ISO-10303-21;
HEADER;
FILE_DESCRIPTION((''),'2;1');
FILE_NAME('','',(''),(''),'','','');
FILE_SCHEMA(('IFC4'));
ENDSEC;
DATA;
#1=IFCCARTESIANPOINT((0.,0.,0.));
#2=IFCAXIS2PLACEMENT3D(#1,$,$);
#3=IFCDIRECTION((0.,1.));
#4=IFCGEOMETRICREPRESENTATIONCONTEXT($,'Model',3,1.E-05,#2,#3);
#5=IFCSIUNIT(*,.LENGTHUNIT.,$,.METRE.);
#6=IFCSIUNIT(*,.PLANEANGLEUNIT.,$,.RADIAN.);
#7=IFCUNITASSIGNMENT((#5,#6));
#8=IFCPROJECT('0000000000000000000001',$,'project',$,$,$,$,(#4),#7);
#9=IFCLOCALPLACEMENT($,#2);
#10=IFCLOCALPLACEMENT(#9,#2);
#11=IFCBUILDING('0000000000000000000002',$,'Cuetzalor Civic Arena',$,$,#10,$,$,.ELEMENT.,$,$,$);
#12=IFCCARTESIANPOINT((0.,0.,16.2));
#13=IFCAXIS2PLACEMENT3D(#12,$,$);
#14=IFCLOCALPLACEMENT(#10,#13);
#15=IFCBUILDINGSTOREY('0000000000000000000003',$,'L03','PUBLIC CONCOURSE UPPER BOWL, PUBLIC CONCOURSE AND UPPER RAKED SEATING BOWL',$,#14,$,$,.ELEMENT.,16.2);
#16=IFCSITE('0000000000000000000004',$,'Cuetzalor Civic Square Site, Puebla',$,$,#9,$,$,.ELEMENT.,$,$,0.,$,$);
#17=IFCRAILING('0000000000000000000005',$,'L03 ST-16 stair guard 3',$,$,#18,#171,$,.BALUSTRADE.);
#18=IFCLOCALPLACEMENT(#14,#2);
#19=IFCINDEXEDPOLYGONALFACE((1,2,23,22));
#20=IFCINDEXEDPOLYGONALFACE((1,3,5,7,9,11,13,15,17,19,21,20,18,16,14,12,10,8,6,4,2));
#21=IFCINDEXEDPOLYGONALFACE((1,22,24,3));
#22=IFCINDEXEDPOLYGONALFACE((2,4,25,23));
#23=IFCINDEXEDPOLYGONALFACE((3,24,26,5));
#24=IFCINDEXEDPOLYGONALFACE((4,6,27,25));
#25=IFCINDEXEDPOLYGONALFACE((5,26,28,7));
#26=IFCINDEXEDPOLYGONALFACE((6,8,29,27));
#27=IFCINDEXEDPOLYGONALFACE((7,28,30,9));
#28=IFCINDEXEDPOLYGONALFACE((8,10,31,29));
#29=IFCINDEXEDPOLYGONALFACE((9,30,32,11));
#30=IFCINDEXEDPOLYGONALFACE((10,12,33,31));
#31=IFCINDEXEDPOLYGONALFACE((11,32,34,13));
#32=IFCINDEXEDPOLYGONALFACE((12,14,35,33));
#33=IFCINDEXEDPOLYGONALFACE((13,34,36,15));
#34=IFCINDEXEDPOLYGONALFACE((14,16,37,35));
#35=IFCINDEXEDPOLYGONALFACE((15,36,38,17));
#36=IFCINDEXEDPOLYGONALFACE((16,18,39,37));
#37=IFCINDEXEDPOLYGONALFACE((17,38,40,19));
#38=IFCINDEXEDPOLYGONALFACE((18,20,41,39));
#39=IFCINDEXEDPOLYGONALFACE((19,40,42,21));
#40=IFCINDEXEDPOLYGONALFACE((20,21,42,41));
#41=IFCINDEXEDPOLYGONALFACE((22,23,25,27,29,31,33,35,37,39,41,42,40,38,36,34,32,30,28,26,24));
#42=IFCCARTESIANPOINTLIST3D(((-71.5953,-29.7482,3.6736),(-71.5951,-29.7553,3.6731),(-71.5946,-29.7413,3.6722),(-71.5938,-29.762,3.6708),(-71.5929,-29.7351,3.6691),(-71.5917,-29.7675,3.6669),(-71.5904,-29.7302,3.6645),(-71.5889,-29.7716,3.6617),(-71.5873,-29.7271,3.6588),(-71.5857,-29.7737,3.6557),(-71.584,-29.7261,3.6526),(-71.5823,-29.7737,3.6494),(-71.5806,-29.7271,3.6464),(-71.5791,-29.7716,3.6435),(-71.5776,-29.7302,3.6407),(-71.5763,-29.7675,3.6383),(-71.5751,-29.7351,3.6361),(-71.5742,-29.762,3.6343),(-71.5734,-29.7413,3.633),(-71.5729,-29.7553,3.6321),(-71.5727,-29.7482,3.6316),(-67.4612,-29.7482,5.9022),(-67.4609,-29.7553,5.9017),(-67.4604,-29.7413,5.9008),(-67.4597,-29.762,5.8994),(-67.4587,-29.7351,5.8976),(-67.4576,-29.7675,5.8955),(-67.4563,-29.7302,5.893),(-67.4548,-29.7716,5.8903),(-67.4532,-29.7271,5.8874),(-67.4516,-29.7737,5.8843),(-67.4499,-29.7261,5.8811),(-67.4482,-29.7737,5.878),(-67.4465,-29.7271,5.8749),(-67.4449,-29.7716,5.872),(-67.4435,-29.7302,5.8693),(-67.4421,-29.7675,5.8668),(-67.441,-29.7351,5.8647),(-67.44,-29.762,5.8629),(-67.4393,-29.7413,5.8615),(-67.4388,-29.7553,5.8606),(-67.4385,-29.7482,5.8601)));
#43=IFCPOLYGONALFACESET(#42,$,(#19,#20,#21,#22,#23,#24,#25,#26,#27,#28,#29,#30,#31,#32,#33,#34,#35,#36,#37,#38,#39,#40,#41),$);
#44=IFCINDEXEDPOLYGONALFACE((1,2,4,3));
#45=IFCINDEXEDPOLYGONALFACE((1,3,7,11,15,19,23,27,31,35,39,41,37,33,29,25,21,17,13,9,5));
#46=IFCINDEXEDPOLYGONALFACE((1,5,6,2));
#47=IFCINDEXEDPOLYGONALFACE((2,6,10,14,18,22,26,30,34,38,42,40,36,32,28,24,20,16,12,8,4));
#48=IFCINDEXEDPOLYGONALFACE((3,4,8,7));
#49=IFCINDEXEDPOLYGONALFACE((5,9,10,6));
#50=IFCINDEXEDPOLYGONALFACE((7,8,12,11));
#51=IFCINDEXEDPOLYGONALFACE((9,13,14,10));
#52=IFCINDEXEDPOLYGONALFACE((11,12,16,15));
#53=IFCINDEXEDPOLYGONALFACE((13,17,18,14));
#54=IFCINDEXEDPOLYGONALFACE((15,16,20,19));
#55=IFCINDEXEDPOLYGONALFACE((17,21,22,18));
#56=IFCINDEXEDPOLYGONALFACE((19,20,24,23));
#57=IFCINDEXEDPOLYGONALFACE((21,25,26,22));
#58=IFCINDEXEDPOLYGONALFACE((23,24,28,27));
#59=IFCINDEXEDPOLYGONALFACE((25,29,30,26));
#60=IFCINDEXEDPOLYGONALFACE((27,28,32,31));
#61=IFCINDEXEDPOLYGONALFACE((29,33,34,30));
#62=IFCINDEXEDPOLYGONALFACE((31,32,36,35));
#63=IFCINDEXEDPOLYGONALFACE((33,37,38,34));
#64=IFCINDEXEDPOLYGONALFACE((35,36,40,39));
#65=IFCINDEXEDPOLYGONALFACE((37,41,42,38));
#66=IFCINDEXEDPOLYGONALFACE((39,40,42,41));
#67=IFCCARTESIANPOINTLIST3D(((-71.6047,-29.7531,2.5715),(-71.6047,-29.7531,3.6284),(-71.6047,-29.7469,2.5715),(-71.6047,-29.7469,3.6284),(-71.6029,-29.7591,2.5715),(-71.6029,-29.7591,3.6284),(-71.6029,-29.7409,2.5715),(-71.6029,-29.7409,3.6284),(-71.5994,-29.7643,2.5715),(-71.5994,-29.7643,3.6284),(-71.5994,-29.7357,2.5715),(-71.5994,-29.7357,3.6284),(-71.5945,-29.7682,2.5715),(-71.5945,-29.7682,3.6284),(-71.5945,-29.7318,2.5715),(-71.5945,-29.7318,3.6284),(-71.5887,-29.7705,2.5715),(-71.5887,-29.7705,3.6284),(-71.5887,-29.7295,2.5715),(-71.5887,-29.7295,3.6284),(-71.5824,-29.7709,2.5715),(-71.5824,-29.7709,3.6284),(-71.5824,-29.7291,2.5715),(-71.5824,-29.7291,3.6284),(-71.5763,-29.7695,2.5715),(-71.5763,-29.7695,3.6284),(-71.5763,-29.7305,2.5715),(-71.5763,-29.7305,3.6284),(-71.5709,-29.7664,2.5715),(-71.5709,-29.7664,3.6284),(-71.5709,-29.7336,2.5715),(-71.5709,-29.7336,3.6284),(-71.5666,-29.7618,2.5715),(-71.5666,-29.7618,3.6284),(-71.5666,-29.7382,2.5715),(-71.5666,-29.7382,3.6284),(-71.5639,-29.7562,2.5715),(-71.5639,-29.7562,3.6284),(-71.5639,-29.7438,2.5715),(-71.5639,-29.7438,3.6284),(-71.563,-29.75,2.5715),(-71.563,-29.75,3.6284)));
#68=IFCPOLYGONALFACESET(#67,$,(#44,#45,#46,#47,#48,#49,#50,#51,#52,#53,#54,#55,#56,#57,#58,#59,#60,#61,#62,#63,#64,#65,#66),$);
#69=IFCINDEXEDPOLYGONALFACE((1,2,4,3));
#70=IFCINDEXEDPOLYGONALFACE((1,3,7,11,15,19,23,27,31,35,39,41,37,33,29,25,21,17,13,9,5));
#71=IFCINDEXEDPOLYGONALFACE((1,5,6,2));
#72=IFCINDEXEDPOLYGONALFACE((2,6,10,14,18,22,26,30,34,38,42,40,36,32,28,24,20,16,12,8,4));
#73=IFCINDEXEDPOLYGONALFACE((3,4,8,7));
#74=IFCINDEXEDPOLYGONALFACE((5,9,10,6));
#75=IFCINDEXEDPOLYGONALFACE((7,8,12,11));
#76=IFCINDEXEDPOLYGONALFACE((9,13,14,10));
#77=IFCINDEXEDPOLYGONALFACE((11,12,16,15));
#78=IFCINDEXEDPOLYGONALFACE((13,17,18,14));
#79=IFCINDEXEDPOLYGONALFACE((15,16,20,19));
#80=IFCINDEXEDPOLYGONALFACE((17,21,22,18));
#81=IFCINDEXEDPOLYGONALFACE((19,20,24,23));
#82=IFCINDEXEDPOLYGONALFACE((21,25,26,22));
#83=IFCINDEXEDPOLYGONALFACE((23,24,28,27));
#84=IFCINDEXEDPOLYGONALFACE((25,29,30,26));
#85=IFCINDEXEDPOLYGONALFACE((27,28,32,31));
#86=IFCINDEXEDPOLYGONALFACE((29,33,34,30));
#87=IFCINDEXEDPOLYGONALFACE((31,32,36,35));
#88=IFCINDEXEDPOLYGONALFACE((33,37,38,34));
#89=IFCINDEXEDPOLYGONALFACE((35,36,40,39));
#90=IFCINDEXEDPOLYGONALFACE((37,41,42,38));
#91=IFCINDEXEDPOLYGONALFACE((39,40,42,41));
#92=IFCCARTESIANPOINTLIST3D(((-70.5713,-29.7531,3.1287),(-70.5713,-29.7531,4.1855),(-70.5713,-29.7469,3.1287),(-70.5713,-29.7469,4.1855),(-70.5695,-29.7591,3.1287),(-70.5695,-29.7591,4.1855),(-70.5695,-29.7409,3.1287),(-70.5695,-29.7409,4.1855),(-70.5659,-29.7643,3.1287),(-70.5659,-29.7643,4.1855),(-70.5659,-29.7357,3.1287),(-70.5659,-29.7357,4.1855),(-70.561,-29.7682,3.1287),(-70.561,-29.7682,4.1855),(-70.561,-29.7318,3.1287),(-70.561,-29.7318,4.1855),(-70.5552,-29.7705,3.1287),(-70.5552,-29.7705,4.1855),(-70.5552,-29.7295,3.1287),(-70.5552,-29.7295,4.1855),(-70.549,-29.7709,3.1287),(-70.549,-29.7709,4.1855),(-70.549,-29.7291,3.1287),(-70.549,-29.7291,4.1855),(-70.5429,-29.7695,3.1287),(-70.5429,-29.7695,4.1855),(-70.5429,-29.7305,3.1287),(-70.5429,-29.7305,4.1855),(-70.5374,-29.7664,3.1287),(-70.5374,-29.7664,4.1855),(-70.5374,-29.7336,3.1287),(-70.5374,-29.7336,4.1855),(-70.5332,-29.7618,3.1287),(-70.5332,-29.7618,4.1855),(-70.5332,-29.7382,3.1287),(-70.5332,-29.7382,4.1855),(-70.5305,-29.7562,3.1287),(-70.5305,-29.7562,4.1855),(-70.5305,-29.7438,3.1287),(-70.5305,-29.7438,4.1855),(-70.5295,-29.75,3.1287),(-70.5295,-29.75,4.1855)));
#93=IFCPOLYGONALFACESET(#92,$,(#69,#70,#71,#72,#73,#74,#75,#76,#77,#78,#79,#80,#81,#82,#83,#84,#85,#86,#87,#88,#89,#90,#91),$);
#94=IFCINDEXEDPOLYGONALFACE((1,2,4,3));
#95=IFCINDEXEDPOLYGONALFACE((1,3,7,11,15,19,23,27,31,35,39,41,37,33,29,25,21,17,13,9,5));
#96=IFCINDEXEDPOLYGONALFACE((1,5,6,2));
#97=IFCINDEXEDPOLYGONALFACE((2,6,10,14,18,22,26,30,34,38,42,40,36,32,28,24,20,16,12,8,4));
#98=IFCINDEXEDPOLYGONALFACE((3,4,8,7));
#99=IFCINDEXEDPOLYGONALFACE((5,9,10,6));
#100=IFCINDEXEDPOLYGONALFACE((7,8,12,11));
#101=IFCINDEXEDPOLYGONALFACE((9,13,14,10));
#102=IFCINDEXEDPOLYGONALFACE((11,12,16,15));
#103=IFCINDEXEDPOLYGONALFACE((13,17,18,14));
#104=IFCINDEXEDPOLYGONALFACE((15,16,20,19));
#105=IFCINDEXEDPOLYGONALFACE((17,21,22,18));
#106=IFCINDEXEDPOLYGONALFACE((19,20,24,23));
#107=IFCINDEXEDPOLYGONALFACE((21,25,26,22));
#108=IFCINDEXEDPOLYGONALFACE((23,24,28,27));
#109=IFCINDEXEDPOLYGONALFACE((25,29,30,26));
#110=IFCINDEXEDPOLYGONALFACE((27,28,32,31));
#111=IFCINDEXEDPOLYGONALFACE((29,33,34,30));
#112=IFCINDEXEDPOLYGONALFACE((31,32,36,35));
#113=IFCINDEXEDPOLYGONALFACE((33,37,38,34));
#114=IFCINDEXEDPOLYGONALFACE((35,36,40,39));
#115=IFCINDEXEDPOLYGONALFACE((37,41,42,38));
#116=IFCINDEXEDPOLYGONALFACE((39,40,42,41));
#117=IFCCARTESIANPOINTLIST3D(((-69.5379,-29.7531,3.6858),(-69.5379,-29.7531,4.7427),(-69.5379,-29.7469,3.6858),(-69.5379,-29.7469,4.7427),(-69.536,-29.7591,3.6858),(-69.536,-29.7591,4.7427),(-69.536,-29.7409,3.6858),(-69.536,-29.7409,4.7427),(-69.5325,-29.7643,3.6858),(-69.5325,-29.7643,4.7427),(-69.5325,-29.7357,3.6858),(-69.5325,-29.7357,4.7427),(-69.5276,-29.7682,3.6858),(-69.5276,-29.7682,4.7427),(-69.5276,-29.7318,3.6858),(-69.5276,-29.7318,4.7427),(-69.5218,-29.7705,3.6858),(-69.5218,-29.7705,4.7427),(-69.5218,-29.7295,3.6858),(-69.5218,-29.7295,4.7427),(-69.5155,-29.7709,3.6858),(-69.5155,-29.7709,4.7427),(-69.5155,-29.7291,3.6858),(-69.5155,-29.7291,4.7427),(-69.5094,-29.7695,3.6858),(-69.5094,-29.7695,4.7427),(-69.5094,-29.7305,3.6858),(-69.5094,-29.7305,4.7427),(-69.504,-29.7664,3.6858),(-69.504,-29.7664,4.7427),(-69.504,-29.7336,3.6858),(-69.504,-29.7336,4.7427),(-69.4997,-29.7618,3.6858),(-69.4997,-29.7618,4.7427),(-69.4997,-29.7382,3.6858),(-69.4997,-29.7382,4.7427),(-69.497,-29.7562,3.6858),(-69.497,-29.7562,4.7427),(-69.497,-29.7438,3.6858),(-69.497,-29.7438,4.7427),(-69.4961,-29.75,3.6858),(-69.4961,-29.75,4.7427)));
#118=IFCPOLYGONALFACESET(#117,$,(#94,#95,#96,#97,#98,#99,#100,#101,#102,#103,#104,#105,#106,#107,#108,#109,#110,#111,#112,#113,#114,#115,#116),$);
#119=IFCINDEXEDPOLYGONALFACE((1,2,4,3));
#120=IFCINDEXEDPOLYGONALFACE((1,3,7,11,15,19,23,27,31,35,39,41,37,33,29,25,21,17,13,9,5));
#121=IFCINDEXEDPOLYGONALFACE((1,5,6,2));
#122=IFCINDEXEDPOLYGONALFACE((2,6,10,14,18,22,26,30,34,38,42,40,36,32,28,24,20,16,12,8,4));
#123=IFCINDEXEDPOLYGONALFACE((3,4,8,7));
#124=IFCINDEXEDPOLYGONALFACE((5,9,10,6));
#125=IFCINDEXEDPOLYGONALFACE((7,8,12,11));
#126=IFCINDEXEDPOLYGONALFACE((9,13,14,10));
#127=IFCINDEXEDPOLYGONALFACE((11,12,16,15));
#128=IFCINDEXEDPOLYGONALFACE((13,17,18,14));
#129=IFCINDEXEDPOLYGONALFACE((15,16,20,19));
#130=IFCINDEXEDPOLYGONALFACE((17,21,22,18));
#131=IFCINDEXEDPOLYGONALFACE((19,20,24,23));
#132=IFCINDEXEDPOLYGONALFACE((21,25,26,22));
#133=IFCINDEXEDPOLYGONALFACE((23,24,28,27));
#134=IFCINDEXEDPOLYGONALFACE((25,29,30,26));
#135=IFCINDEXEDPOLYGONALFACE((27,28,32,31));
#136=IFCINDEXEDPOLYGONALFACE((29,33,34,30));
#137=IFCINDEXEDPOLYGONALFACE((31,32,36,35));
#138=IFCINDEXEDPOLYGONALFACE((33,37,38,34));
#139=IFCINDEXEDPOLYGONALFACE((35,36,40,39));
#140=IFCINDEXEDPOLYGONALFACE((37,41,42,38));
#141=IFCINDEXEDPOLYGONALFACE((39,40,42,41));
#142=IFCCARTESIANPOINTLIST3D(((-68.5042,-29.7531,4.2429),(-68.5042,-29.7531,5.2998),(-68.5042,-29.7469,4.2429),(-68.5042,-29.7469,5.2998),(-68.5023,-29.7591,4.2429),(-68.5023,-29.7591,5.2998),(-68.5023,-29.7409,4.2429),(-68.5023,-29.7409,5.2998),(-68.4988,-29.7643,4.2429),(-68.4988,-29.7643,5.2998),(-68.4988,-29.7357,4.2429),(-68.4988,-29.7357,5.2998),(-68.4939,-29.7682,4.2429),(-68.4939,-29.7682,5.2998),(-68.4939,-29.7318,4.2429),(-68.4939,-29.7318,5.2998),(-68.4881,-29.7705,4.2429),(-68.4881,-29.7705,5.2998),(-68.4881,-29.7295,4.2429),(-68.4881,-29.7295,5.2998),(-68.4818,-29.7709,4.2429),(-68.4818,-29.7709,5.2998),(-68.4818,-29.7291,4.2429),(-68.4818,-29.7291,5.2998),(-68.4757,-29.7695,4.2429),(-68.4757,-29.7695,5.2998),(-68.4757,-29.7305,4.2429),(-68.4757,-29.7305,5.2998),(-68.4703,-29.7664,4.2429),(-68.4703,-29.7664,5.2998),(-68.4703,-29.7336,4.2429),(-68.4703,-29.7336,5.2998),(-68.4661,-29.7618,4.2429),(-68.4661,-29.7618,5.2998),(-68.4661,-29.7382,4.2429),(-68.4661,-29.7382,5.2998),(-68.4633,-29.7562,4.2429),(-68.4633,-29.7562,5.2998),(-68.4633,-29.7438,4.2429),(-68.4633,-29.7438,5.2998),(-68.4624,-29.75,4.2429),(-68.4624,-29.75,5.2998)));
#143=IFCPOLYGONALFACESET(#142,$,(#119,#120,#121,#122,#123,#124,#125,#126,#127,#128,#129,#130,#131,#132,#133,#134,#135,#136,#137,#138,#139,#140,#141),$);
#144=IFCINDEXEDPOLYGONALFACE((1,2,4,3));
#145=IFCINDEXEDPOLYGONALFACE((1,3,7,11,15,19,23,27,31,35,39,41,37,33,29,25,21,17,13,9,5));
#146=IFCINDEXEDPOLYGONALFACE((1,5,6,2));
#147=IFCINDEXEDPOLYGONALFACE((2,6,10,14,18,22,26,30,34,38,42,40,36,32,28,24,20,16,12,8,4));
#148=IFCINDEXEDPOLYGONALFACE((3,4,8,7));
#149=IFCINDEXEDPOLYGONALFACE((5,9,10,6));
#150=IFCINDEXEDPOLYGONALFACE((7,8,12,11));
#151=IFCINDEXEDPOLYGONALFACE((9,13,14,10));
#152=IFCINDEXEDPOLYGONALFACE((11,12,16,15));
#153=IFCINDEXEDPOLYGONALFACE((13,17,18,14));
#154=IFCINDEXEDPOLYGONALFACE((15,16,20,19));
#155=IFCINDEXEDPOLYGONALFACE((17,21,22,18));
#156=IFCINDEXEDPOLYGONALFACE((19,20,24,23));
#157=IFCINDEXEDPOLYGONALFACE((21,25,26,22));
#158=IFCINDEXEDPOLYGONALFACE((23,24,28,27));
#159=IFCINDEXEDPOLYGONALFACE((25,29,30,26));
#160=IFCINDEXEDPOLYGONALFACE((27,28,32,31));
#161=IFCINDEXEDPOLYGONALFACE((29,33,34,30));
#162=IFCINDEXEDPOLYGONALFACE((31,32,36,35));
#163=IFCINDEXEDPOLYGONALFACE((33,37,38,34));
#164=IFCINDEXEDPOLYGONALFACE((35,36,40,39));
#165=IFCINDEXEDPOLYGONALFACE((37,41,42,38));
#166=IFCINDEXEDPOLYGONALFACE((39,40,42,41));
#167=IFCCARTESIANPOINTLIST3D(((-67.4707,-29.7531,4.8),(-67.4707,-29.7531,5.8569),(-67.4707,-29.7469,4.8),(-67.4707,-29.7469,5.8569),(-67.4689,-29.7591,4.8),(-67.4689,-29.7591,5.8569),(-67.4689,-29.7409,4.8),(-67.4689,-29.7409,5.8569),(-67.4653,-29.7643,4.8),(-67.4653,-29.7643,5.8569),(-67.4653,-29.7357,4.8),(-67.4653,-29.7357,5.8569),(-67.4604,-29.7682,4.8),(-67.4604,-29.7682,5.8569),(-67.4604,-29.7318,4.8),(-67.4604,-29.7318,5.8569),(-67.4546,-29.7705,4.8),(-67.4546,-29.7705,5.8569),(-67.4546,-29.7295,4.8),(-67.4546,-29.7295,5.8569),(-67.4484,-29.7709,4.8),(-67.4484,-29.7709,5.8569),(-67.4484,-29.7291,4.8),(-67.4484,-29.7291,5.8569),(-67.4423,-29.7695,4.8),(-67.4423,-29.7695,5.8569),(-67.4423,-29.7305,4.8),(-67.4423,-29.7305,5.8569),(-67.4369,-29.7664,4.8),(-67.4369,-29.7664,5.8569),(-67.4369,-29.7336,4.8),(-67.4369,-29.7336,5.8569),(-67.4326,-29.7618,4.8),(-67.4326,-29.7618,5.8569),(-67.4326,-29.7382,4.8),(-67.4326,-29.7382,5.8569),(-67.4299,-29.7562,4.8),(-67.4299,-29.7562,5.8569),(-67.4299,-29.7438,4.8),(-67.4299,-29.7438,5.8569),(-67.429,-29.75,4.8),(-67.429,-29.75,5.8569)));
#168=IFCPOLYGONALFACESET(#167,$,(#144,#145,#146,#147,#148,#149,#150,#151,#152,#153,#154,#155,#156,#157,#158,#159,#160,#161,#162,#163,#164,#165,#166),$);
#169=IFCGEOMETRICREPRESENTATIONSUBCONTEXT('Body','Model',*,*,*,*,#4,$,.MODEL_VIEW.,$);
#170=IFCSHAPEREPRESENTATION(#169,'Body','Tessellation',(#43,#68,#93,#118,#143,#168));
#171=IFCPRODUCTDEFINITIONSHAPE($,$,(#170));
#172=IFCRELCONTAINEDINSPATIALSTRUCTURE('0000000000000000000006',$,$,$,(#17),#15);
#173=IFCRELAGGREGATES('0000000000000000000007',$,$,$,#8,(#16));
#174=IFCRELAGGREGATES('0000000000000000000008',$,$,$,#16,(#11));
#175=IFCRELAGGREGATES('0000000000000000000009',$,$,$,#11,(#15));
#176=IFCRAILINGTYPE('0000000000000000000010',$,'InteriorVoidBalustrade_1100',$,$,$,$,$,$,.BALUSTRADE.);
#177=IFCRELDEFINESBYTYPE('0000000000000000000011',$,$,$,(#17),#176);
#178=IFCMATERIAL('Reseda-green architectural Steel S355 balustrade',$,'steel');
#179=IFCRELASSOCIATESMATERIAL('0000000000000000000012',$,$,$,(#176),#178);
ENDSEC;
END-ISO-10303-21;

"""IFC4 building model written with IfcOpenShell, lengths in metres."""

from ifc_helpers import new_model, si_unit, direction, frame, origin, origin_2d, place, context, subcontext, project, spatial, circle, extrude, material, type_object, element, save


model = new_model("IFC4")

# Units and contexts
model_context = context("Model", 3, precision=1e-05, world=origin(), true_north=direction((0.0, 1.0)))
body_context = subcontext(model_context, "Body", "Model", "MODEL_VIEW")
ifc_project = project(units=[si_unit("LENGTHUNIT", "METRE"), si_unit("PLANEANGLEUNIT", "RADIAN")], contexts=[model_context])

# Site, building, storey
site_placement = place(None, origin())
site = spatial("IfcSite", under=ifc_project, at=site_placement, Name="Cuetzalor Civic Square Site, Puebla", CompositionType="ELEMENT", RefElevation=0.0)
building_placement = place(site_placement, origin())
building = spatial("IfcBuilding", under=site, at=building_placement, Name="Cuetzalor Civic Arena", CompositionType="ELEMENT")
storey_placement = place(building_placement, frame((0.0, 0.0, 16.2)))
storey = spatial("IfcBuildingStorey", under=building, at=storey_placement, Name="L03", Description="PUBLIC CONCOURSE UPPER BOWL, PUBLIC CONCOURSE AND UPPER RAKED SEATING BOWL", CompositionType="ELEMENT", Elevation=16.2)

# Railing
ifc_material_1 = material(Name="Reseda-green architectural Steel S355 balustrade", Category="steel")
railing_type_1 = type_object("IfcRailingType", Name="InteriorVoidBalustrade_1100", PredefinedType="BALUSTRADE", material=ifc_material_1)
railing_1_placement = place(storey_placement, frame((-71.584, -29.75, 2.5715)))
element("IfcRailing", 1, at=railing_1_placement, inside=storey, type_object=railing_type_1, Name="L03 ST-16 stair guard 3", PredefinedType="BALUSTRADE", context=body_context, shape_type="SweptSolid", body=[
    extrude(circle(Radius=0.0239, at=origin_2d()), frame((0.0, 0.0, 1.0811), z_axis=(0.880249, 0.0, 0.474512), x_axis=(0.0, 1.0, 0.0)), (0.0, 0.0, 1.0), 4.6965),
    extrude(circle(Radius=0.021, at=origin_2d()), origin(), (0.0, 0.0, 1.0), 1.0569),
    extrude(circle(Radius=0.021, at=origin_2d()), frame((1.0334, 0.0, 0.5571)), (0.0, 0.0, 1.0), 1.0569),
    extrude(circle(Radius=0.021, at=origin_2d()), frame((2.0669, 0.0, 1.1143)), (0.0, 0.0, 1.0), 1.0569),
    extrude(circle(Radius=0.021, at=origin_2d()), frame((3.1006, 0.0, 1.6714)), (0.0, 0.0, 1.0), 1.0569),
    extrude(circle(Radius=0.021, at=origin_2d()), frame((4.134, 0.0, 2.2285)), (0.0, 0.0, 1.0), 1.0569),
])

save(model, "model.ifc")
